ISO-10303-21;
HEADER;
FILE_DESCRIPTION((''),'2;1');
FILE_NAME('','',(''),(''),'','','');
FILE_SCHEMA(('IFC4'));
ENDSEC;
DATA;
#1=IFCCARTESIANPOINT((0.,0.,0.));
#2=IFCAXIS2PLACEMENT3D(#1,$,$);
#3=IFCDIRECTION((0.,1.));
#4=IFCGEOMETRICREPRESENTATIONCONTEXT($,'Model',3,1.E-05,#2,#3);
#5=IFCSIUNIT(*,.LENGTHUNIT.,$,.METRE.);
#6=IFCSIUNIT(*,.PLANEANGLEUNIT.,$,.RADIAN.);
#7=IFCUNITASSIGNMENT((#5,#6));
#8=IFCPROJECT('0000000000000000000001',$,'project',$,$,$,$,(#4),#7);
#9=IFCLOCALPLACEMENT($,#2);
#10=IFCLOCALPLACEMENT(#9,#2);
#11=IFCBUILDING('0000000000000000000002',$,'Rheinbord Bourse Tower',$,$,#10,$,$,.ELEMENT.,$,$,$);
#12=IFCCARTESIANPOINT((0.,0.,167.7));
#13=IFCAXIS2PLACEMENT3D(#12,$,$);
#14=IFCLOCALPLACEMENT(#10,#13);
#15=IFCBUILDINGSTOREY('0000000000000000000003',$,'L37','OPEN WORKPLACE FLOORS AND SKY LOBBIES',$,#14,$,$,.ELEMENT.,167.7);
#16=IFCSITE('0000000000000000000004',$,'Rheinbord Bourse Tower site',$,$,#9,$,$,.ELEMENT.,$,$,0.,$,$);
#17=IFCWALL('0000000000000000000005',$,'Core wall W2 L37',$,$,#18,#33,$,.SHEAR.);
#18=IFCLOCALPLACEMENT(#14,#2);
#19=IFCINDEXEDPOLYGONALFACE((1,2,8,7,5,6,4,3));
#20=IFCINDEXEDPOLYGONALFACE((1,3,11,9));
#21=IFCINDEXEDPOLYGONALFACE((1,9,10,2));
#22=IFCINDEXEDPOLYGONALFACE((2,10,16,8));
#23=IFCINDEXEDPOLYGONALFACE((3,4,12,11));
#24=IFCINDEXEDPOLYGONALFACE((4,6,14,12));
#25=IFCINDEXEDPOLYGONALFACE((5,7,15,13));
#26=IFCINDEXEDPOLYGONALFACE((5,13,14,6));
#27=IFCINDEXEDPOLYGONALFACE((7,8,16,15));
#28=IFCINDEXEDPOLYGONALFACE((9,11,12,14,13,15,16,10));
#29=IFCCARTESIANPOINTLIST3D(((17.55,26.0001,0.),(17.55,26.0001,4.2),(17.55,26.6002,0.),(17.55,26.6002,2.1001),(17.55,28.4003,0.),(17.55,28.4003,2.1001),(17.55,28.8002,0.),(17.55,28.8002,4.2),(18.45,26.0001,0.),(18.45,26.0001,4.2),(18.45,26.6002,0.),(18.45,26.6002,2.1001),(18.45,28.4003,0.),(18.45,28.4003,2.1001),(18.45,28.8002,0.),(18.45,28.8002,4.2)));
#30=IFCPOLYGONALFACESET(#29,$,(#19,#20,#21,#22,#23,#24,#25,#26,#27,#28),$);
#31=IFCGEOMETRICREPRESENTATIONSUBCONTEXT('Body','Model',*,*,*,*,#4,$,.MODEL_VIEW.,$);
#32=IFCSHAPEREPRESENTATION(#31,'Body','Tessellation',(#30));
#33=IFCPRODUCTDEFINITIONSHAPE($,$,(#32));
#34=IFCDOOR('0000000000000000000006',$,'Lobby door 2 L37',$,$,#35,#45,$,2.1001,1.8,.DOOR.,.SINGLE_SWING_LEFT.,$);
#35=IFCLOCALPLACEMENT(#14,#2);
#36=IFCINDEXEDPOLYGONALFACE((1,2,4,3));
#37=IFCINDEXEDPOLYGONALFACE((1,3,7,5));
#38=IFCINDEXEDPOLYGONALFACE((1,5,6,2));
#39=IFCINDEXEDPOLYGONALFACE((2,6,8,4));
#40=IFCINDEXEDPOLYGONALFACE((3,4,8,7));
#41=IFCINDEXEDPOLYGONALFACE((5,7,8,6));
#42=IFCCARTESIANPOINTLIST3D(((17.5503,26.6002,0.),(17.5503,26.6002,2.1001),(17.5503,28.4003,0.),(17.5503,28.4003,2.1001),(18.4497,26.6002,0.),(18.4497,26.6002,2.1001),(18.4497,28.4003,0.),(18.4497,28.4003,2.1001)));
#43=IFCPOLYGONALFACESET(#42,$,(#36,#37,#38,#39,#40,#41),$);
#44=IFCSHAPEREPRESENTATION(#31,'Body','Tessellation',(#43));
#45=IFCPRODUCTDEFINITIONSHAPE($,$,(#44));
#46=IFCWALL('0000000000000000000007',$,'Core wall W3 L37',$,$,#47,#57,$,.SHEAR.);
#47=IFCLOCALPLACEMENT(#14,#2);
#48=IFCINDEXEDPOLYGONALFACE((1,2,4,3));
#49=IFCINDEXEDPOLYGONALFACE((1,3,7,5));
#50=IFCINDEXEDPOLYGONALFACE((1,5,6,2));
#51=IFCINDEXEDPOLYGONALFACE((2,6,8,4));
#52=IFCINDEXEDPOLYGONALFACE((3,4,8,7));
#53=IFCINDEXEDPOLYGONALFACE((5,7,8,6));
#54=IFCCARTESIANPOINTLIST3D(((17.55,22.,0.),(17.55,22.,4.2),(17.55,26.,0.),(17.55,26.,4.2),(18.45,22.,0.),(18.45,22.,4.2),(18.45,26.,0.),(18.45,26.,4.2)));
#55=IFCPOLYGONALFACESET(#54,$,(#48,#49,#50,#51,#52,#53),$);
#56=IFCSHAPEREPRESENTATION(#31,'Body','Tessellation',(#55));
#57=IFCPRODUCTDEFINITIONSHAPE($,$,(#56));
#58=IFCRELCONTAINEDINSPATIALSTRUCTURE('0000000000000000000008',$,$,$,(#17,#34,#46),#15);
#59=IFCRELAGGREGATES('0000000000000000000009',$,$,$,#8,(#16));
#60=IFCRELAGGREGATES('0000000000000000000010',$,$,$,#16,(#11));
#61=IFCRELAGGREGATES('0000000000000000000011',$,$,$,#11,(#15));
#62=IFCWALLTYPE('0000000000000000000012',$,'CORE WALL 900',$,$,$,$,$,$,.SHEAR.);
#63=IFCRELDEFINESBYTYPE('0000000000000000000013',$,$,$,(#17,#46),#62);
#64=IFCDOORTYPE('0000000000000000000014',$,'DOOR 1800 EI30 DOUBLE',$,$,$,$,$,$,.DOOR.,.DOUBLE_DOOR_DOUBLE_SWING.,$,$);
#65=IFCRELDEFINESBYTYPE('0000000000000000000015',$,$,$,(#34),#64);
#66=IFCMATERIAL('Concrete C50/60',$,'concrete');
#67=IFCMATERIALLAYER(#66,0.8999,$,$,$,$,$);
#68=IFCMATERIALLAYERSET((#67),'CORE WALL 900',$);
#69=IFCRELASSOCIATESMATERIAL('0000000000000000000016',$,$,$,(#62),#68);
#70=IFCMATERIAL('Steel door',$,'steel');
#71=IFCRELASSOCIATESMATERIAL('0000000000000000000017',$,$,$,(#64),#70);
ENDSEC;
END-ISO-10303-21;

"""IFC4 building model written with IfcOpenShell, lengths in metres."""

from ifc_helpers import new_model, si_unit, direction, frame, frame_2d, origin, place, context, subcontext, project, spatial, rectangle, extrude, material, layer, layer_set, type_object, element, fill, save


model = new_model("IFC4")

# Units and contexts
model_context = context("Model", 3, precision=1e-05, world=origin(), true_north=direction((0.0, 1.0)))
body_context = subcontext(model_context, "Body", "Model", "MODEL_VIEW")
ifc_project = project(units=[si_unit("LENGTHUNIT", "METRE"), si_unit("PLANEANGLEUNIT", "RADIAN")], contexts=[model_context])

# Site, building, storey
site_placement = place(None, origin())
site = spatial("IfcSite", under=ifc_project, at=site_placement, Name="Rheinbord Bourse Tower site", CompositionType="ELEMENT", RefElevation=0.0)
building_placement = place(site_placement, origin())
building = spatial("IfcBuilding", under=site, at=building_placement, Name="Rheinbord Bourse Tower", CompositionType="ELEMENT")
storey_placement = place(building_placement, frame((0.0, 0.0, 167.7)))
storey = spatial("IfcBuildingStorey", under=building, at=storey_placement, Name="L37", Description="OPEN WORKPLACE FLOORS AND SKY LOBBIES", CompositionType="ELEMENT", Elevation=167.7)

# Wall, opening, door
ifc_material_1 = material(Name="Concrete C50/60", Category="concrete")
ifc_layer_1 = layer(ifc_material_1, 0.8999)
ifc_layer_set_1 = layer_set([ifc_layer_1], Name="CORE WALL 900")
wall_type_1 = type_object("IfcWallType", Name="CORE WALL 900", PredefinedType="SHEAR", material=ifc_layer_set_1)
wall_1_placement = place(storey_placement, frame((18.0, 28.8, 0.0), z_axis=(0.0, 0.0, 1.0), x_axis=(0.0, -1.0, 0.0)))
wall_1 = element("IfcWall", 1, at=wall_1_placement, inside=storey, type_object=wall_type_1, Name="Core wall W2 L37", PredefinedType="SHEAR", context=body_context, shape_type="SweptSolid", body=[
    extrude(rectangle(XDim=2.8, YDim=0.8999, at=frame_2d((1.3999, 0.0))), origin(), (0.0, 0.0, 1.0), 4.2),
])
opening_1_placement = place(wall_1_placement, frame((0.3999, 0.0, 0.0)))
opening_1 = element("IfcOpeningElement", 2, at=opening_1_placement, cuts=wall_1, PredefinedType="OPENING", context=body_context, shape_type="SweptSolid", body=[
    extrude(rectangle(XDim=1.8, YDim=2.1001, at=frame_2d((0.8999, 1.05))), frame((0.0, 0.46, 0.0), z_axis=(0.0, -1.0, 0.0), x_axis=(1.0, 0.0, 0.0)), (0.0, 0.0, 1.0), 0.9199),
])
ifc_material_2 = material(Name="Steel door", Category="steel")
door_type_1 = type_object("IfcDoorType", Name="DOOR 1800 EI30 DOUBLE", OperationType="DOUBLE_DOOR_DOUBLE_SWING", PredefinedType="DOOR", material=ifc_material_2)
door_1_placement = place(opening_1_placement, origin())
door_1 = element("IfcDoor", 3, at=door_1_placement, inside=storey, type_object=door_type_1, Name="Lobby door 2 L37", OperationType="SINGLE_SWING_LEFT", OverallHeight=2.1001, OverallWidth=1.8, PredefinedType="DOOR", context=body_context, shape_type="SweptSolid", body=[
    extrude(rectangle(XDim=1.8, YDim=2.1001, at=frame_2d((0.8999, 1.05))), frame((0.0, 0.4497, 0.0), z_axis=(0.0, -1.0, 0.0), x_axis=(1.0, 0.0, 0.0)), (0.0, 0.0, 1.0), 0.8994),
])
fill(opening_1, door_1)

# Wall
wall_2_placement = place(storey_placement, frame((18.0, 26.0, 0.0), z_axis=(0.0, 0.0, 1.0), x_axis=(0.0, -1.0, 0.0)))
element("IfcWall", 4, at=wall_2_placement, inside=storey, type_object=wall_type_1, Name="Core wall W3 L37", PredefinedType="SHEAR", context=body_context, shape_type="SweptSolid", body=[
    extrude(rectangle(XDim=4.0, YDim=0.8999, at=frame_2d((2.0, 0.0))), origin(), (0.0, 0.0, 1.0), 4.2),
])

save(model, "model.ifc")
